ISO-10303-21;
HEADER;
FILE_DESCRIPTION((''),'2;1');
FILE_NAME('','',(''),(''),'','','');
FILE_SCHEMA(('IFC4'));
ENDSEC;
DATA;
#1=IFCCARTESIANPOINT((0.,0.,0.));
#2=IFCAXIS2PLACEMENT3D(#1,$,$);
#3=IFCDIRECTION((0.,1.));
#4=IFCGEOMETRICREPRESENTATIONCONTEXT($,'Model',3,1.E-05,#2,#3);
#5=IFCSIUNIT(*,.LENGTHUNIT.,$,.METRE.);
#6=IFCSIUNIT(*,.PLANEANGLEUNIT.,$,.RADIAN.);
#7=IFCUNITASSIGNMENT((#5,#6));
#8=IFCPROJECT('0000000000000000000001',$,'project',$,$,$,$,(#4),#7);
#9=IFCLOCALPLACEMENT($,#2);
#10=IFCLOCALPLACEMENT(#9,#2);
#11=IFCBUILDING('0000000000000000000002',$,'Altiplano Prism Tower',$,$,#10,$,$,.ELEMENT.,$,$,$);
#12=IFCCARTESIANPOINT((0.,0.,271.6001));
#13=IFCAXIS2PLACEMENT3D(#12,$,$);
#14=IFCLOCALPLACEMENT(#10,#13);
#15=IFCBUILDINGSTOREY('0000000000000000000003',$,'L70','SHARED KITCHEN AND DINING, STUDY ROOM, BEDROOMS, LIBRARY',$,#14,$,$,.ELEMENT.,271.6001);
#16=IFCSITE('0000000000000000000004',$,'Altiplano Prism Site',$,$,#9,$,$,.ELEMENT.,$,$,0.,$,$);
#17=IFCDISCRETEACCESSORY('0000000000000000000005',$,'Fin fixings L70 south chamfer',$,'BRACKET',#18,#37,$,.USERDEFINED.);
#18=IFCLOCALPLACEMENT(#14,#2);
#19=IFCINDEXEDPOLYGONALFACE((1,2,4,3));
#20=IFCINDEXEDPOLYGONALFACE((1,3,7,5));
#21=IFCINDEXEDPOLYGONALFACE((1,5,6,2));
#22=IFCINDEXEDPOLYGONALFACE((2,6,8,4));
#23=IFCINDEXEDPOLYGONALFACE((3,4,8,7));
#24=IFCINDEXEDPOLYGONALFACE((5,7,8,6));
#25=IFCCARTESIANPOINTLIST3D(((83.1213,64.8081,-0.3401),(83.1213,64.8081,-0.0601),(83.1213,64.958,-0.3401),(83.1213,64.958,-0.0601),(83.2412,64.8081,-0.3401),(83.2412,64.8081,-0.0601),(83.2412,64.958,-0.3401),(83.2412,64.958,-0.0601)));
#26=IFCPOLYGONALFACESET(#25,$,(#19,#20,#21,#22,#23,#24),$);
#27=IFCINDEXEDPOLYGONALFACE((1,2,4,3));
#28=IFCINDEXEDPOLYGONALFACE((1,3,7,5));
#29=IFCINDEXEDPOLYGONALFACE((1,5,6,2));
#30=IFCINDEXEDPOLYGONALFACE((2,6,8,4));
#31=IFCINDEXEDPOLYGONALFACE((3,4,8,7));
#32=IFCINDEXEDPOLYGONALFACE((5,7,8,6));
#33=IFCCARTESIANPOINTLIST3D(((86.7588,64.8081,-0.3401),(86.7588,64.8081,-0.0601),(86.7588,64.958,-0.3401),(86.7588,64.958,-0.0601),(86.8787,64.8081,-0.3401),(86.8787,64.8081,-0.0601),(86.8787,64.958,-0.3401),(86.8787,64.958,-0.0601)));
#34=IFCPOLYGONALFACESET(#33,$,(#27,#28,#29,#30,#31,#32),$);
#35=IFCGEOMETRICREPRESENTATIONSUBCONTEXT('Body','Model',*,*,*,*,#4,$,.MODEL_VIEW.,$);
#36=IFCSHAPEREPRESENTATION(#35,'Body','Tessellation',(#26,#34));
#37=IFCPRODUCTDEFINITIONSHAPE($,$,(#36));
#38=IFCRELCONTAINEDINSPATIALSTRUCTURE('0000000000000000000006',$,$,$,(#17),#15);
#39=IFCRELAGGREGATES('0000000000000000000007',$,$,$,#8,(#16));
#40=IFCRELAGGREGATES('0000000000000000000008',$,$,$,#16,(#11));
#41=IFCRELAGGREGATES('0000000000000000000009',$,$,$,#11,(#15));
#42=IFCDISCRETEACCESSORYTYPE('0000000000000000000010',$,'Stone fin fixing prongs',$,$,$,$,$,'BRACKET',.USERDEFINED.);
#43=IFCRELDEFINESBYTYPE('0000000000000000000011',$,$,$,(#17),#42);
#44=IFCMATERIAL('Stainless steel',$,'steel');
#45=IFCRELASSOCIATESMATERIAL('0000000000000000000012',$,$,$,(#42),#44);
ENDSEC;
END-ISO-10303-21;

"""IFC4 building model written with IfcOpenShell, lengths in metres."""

from ifc_helpers import new_model, si_unit, direction, frame, origin, place, context, subcontext, project, spatial, polyline, outline, extrude, source, transform, mapped, material, type_object, element, save


model = new_model("IFC4")

# Units and contexts
model_context = context("Model", 3, precision=1e-05, world=origin(), true_north=direction((0.0, 1.0)))
body_context = subcontext(model_context, "Body", "Model", "MODEL_VIEW")
ifc_project = project(units=[si_unit("LENGTHUNIT", "METRE"), si_unit("PLANEANGLEUNIT", "RADIAN")], contexts=[model_context])

# Site, building, storey
site_placement = place(None, origin())
site = spatial("IfcSite", under=ifc_project, at=site_placement, Name="Altiplano Prism Site", CompositionType="ELEMENT", RefElevation=0.0)
building_placement = place(site_placement, origin())
building = spatial("IfcBuilding", under=site, at=building_placement, Name="Altiplano Prism Tower", CompositionType="ELEMENT")
storey_placement = place(building_placement, frame((0.0, 0.0, 271.6001)))
storey = spatial("IfcBuildingStorey", under=building, at=storey_placement, Name="L70", Description="SHARED KITCHEN AND DINING, STUDY ROOM, BEDROOMS, LIBRARY", CompositionType="ELEMENT", Elevation=271.6001)

# Discrete accessory
ifc_material_1 = material(Name="Stainless steel", Category="steel")
discrete_accessory_type = type_object("IfcDiscreteAccessoryType", Name="Stone fin fixing prongs", ElementType="BRACKET", PredefinedType="USERDEFINED", material=ifc_material_1)
shared_shape_1 = source(origin(), body_context, "Body", "SweptSolid", [
    extrude(outline(polyline([(-1.8787, 0.0601), (-1.7588, 0.0601), (-1.7588, 0.3401), (-1.8787, 0.3401), (-1.8787, 0.0601)])), frame((0.0, 0.0, 0.0), z_axis=(0.0, -1.0, 0.0), x_axis=(1.0, 0.0, 0.0)), (0.0, 0.0, 1.0), 0.1499),
    extrude(outline(polyline([(1.7588, 0.0601), (1.8787, 0.0601), (1.8787, 0.3401), (1.7588, 0.3401), (1.7588, 0.0601)])), frame((0.0, 0.0, 0.0), z_axis=(0.0, -1.0, 0.0), x_axis=(1.0, 0.0, 0.0)), (0.0, 0.0, 1.0), 0.1499),
])
discrete_accessory_1_placement = place(storey_placement, origin())
element("IfcDiscreteAccessory", 1, at=discrete_accessory_1_placement, inside=storey, type_object=discrete_accessory_type, Name="Fin fixings L70 south chamfer", ObjectType="BRACKET", PredefinedType="USERDEFINED", context=body_context, shape_type="MappedRepresentation", body=[
    mapped(shared_shape_1, transform((85.0, 64.958, -0.4001), x_axis=(1.0, 0.0, 0.0), y_axis=(0.0, 1.0, 0.0), z_axis=(0.0, 0.0, 1.0))),
])

save(model, "model.ifc")
